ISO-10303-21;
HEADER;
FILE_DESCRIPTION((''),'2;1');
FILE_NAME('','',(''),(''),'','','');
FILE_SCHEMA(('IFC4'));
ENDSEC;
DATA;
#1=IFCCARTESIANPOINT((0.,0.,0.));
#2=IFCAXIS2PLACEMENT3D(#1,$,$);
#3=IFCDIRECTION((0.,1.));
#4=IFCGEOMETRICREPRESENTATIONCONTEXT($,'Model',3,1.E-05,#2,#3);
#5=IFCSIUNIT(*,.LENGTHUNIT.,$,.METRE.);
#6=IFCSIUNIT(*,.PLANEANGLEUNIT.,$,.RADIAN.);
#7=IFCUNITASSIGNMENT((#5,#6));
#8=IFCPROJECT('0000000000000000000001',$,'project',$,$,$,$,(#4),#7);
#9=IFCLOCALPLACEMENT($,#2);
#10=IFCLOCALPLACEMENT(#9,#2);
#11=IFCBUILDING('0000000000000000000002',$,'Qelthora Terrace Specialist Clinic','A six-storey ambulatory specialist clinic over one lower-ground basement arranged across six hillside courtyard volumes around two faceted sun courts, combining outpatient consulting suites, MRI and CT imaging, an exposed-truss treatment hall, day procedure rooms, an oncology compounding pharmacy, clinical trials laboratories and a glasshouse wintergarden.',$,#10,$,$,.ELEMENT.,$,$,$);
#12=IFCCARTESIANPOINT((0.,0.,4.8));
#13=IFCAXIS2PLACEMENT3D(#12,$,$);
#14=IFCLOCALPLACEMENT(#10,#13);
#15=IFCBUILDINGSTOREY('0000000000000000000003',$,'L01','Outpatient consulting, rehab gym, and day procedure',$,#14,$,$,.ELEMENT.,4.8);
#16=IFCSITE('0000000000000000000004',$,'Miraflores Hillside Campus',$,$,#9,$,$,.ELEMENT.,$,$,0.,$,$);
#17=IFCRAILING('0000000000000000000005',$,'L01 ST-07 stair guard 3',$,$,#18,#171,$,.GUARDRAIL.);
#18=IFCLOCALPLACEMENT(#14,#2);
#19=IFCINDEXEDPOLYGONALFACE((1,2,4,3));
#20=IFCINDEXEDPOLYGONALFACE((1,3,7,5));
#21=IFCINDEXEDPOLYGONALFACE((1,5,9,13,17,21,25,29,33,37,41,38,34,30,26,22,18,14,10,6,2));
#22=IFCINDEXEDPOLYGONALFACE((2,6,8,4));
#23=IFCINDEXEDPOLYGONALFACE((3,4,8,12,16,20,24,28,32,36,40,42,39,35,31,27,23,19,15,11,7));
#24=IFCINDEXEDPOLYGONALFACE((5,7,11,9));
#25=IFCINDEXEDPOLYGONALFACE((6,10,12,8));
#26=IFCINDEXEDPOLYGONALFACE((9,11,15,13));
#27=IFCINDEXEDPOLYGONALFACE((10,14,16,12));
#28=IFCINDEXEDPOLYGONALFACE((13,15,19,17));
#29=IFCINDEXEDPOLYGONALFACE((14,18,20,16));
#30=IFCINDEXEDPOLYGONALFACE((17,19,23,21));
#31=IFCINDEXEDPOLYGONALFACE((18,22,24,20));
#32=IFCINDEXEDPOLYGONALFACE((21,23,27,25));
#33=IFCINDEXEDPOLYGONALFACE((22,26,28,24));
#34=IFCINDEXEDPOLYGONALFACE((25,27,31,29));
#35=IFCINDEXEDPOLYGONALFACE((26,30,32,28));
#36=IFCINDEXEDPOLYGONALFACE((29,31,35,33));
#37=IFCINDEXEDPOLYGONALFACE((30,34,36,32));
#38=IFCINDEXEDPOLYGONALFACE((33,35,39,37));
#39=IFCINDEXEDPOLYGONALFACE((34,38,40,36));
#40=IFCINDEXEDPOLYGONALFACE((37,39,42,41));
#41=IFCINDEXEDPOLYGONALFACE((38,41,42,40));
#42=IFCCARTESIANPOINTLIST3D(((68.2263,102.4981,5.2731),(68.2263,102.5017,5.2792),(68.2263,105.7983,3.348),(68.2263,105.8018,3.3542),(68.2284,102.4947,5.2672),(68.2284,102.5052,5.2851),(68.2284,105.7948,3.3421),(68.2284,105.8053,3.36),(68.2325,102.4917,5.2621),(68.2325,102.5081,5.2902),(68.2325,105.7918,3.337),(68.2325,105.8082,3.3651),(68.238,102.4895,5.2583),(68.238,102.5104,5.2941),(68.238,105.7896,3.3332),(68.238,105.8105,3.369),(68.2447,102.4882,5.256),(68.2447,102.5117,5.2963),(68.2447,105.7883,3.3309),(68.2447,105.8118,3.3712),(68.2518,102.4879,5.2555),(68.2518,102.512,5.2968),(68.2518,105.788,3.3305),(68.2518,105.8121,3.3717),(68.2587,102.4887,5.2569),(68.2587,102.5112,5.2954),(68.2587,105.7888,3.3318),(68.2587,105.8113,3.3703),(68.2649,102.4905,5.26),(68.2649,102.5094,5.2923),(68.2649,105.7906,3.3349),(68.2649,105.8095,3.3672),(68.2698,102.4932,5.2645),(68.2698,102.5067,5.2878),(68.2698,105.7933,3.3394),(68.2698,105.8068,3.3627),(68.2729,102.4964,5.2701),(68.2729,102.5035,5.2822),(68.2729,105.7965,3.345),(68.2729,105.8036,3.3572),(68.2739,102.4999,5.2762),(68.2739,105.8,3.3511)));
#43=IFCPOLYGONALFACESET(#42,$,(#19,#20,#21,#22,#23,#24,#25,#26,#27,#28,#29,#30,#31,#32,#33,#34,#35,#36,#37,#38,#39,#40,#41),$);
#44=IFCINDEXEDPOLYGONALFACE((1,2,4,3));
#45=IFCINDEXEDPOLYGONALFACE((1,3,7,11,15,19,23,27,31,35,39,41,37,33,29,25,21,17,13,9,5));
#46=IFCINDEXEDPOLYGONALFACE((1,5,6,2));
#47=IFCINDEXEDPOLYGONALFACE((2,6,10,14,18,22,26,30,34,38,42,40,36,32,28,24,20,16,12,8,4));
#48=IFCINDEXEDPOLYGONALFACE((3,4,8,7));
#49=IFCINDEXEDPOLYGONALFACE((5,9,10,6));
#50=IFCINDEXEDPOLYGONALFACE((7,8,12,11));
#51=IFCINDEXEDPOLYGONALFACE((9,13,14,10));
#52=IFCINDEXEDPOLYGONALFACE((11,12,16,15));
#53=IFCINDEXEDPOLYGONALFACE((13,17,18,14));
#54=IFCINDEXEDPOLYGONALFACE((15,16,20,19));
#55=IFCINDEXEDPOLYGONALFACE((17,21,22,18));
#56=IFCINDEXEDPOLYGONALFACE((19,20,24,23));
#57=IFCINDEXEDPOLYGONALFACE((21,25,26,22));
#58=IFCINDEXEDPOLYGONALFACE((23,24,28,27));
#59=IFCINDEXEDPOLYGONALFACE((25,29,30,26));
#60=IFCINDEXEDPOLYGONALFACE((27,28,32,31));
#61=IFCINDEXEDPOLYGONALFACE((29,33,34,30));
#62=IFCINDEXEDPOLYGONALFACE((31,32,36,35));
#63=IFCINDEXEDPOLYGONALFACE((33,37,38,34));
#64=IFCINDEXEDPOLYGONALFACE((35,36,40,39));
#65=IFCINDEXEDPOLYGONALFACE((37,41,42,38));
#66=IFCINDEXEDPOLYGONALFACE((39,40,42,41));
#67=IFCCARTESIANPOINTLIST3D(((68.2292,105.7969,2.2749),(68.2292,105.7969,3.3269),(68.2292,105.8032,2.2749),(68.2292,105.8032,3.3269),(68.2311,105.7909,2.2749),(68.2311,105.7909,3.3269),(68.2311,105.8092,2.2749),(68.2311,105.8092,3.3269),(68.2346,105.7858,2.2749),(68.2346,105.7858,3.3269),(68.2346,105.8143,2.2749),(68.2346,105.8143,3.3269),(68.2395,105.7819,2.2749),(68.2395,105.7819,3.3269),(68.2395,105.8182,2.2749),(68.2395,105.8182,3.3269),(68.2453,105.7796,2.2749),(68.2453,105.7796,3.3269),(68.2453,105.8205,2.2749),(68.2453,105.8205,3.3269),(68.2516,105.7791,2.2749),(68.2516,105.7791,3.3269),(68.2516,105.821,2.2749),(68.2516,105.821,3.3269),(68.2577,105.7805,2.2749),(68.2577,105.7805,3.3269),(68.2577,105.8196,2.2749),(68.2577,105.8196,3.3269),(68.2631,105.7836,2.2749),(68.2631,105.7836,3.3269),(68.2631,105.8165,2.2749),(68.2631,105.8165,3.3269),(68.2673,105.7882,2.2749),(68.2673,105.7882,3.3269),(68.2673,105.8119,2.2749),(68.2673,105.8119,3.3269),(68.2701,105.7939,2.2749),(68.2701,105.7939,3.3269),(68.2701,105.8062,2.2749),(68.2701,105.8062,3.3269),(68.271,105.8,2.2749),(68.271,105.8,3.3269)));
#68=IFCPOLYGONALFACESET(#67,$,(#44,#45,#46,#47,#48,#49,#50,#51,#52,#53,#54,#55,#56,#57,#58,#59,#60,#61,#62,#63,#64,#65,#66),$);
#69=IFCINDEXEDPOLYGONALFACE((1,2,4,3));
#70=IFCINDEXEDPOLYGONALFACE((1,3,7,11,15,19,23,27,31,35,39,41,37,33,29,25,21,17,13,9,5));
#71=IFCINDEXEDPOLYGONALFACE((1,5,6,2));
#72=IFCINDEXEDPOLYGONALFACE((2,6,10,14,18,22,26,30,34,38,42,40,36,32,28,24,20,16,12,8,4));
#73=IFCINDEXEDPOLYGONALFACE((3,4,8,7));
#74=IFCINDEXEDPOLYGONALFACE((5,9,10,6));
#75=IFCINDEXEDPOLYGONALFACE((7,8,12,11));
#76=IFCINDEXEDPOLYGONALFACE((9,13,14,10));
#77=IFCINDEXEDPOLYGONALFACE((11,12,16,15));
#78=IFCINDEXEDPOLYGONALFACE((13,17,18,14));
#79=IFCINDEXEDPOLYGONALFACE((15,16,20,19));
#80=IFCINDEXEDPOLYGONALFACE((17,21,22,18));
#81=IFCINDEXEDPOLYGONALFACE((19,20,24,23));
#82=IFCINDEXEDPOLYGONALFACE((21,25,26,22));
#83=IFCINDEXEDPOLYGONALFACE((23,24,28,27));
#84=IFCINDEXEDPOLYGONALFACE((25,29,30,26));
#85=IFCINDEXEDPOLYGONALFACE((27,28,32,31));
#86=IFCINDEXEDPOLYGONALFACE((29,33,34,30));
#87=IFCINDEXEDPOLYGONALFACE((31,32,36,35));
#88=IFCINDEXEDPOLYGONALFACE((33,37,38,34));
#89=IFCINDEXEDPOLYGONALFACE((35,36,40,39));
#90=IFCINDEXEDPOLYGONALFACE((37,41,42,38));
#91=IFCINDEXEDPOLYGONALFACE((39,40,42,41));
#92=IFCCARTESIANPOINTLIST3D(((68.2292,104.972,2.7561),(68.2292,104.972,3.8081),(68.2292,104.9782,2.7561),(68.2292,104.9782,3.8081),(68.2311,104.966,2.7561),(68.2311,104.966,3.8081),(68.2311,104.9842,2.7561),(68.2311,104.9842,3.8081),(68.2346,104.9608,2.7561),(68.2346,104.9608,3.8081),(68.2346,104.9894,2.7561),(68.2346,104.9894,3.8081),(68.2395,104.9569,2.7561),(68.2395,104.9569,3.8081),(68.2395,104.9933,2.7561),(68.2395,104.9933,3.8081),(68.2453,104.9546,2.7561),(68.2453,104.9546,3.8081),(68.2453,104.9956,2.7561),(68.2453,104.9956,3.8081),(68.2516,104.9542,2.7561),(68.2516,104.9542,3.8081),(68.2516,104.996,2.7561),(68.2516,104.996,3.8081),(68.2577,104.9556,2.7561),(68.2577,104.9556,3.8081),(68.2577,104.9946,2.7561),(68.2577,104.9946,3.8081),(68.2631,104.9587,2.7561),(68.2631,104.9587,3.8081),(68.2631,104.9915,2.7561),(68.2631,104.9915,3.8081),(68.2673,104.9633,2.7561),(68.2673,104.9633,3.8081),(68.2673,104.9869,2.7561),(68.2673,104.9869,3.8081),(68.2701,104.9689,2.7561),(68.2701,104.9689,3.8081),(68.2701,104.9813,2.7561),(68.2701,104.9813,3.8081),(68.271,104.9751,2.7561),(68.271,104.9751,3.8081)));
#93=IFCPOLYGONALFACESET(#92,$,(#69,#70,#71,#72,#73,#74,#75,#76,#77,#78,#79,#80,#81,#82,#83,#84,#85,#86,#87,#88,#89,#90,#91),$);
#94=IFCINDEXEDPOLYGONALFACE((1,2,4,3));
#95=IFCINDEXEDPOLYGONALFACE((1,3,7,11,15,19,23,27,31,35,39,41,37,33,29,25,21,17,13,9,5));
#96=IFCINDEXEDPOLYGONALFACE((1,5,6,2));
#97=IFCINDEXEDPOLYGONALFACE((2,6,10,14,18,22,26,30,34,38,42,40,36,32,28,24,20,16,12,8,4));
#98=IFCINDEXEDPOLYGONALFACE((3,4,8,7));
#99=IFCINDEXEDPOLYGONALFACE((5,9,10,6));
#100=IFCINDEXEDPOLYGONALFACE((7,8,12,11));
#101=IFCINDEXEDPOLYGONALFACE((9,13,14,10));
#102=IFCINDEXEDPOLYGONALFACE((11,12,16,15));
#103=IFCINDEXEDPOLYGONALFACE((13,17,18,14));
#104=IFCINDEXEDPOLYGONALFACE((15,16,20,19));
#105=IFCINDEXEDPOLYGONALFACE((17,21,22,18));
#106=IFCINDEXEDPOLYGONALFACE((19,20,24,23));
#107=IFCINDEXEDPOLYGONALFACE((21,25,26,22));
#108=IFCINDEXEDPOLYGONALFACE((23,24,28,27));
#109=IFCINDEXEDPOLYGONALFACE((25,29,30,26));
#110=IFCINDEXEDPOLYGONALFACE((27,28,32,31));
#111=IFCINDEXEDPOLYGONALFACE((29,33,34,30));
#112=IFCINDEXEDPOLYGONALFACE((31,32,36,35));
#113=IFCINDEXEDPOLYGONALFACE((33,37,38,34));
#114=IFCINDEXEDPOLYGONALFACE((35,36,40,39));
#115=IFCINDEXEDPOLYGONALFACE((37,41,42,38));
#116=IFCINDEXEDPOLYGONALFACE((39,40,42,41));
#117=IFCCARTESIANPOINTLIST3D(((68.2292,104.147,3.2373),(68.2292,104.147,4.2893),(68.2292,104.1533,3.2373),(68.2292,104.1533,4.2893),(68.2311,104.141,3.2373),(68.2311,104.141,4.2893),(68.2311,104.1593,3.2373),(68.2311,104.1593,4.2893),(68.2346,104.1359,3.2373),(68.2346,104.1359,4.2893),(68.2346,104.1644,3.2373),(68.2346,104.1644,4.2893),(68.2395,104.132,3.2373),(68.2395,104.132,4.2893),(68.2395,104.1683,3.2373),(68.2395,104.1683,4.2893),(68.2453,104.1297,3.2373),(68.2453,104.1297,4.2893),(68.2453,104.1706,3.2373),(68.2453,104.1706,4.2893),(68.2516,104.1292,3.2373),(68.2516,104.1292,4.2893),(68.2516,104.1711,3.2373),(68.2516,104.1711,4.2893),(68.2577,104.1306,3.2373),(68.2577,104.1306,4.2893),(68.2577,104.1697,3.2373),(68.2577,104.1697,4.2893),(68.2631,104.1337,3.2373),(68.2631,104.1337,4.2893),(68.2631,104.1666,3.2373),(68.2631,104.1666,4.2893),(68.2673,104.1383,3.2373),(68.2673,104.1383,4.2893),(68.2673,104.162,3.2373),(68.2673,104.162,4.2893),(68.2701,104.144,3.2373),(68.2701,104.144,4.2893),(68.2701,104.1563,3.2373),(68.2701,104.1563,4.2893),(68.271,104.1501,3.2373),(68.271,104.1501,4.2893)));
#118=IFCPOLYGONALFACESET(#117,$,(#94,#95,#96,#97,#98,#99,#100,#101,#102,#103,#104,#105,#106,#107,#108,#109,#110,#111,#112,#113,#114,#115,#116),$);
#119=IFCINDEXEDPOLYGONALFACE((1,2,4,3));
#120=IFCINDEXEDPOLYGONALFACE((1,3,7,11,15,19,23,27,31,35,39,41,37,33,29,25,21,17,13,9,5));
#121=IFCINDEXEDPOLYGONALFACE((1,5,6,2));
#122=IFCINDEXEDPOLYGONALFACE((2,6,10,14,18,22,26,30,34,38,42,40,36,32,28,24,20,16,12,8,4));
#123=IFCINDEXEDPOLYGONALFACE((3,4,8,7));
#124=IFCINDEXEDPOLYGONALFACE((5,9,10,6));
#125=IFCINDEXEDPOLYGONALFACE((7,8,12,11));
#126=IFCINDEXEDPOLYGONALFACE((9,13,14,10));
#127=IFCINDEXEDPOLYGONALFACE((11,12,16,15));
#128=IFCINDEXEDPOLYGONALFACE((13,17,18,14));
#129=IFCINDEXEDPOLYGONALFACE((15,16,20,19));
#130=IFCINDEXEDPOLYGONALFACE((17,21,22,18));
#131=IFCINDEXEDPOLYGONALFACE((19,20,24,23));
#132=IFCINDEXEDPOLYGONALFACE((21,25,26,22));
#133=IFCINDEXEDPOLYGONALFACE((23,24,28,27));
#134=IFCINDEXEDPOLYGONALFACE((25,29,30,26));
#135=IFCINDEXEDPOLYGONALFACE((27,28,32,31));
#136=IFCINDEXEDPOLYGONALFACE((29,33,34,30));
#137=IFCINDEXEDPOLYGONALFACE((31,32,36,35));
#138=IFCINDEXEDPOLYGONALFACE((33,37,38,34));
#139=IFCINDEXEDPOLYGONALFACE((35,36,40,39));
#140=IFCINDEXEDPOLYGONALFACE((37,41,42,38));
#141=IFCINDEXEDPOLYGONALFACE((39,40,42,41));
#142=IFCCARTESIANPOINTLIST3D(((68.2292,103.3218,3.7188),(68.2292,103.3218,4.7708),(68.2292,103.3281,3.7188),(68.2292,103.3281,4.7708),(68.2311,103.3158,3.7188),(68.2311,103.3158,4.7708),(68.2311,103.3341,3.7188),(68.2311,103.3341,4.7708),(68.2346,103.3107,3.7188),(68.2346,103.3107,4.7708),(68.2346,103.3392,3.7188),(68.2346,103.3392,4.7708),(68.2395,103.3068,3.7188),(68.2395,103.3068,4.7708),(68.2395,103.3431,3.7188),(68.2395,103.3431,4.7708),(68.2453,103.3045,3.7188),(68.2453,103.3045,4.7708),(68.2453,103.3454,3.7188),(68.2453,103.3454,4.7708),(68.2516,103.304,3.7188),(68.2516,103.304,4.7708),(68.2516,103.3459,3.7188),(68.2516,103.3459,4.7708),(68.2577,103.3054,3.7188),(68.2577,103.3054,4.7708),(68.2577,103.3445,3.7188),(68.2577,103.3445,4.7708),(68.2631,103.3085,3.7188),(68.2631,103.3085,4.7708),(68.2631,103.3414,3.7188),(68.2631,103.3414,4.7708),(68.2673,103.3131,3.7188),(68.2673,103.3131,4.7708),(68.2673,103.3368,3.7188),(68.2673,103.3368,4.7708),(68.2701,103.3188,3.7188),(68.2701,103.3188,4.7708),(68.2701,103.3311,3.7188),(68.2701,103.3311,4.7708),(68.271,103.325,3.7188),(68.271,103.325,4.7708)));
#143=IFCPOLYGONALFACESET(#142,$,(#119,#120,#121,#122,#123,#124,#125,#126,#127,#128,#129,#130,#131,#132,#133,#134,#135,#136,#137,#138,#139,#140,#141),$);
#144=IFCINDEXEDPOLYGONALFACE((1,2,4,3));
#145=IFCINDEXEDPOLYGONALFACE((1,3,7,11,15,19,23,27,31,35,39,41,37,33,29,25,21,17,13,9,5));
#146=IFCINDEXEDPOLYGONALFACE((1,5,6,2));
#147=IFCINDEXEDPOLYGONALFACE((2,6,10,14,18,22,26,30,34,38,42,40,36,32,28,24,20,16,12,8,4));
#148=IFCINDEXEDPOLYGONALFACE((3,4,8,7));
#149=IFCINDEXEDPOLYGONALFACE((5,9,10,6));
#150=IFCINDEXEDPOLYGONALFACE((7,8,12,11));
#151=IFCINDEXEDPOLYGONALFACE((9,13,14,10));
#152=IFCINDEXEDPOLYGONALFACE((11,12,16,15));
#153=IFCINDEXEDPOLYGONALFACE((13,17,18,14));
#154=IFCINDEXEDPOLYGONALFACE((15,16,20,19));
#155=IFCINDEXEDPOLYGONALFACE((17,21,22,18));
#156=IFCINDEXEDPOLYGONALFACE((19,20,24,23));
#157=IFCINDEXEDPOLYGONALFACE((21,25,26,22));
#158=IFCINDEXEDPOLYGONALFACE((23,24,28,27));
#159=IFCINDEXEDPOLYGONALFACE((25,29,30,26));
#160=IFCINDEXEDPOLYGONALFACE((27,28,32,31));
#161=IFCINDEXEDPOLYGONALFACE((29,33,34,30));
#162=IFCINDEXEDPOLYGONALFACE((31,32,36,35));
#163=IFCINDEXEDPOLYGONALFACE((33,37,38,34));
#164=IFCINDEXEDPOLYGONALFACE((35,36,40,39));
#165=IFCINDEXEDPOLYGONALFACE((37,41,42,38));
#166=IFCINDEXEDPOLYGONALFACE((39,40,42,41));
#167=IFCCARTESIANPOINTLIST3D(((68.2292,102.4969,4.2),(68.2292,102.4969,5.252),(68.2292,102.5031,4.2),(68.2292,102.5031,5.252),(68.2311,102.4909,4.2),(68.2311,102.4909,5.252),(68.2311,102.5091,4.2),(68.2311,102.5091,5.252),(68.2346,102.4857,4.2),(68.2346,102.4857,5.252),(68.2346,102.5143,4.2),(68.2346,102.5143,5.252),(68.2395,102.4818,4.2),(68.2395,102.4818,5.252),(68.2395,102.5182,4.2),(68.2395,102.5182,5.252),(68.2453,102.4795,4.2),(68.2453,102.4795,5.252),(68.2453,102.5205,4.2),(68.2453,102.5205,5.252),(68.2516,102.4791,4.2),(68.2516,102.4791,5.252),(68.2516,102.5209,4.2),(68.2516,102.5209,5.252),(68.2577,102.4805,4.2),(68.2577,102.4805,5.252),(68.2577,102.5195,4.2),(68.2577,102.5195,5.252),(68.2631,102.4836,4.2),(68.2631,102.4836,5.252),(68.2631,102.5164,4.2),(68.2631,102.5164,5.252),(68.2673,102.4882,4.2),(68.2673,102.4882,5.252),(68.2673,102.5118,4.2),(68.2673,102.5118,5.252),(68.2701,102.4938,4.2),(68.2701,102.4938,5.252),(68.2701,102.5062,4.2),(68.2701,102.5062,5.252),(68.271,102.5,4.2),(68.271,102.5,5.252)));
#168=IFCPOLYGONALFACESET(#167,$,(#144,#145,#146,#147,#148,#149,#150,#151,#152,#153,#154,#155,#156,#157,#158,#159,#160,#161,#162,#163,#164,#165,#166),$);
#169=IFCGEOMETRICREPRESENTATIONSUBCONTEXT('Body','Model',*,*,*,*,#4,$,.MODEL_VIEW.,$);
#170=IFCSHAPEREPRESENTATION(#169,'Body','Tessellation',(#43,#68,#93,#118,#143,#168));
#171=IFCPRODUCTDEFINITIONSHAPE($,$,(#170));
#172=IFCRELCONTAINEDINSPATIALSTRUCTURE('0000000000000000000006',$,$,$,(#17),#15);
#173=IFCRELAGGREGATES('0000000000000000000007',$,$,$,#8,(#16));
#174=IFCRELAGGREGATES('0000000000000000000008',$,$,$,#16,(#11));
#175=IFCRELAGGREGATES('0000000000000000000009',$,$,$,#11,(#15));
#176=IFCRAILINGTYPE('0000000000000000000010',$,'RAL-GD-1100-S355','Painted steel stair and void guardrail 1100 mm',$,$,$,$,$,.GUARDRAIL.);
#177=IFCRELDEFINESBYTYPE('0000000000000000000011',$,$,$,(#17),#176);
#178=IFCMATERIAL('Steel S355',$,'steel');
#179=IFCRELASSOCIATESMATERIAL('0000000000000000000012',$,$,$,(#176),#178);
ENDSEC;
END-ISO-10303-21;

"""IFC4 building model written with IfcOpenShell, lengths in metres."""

from ifc_helpers import new_model, si_unit, direction, frame, origin, origin_2d, place, context, subcontext, project, spatial, circle, extrude, material, type_object, element, save


model = new_model("IFC4")

# Units and contexts
model_context = context("Model", 3, precision=1e-05, world=origin(), true_north=direction((0.0, 1.0)))
body_context = subcontext(model_context, "Body", "Model", "MODEL_VIEW")
ifc_project = project(units=[si_unit("LENGTHUNIT", "METRE"), si_unit("PLANEANGLEUNIT", "RADIAN")], contexts=[model_context])

# Site, building, storey
site_placement = place(None, origin())
site = spatial("IfcSite", under=ifc_project, at=site_placement, Name="Miraflores Hillside Campus", CompositionType="ELEMENT", RefElevation=0.0)
building_placement = place(site_placement, origin())
building = spatial("IfcBuilding", under=site, at=building_placement, Name="Qelthora Terrace Specialist Clinic", Description="A six-storey ambulatory specialist clinic over one lower-ground basement arranged across six hillside courtyard volumes around two faceted sun courts, combining outpatient consulting suites, MRI and CT imaging, an exposed-truss treatment hall, day procedure rooms, an oncology compounding pharmacy, clinical trials laboratories and a glasshouse wintergarden.", CompositionType="ELEMENT")
storey_placement = place(building_placement, frame((0.0, 0.0, 4.8)))
storey = spatial("IfcBuildingStorey", under=building, at=storey_placement, Name="L01", Description="Outpatient consulting, rehab gym, and day procedure", CompositionType="ELEMENT", Elevation=4.8)

# Shared definitions
ifc_material_1 = material(Name="Steel S355", Category="steel")

# Railing
railing_type_1 = type_object("IfcRailingType", Name="RAL-GD-1100-S355", Description="Painted steel stair and void guardrail 1100 mm", PredefinedType="GUARDRAIL", material=ifc_material_1)
railing_1_placement = place(storey_placement, frame((68.25, 105.8, 2.2749)))
element("IfcRailing", 1, at=railing_1_placement, inside=storey, type_object=railing_type_1, Name="L01 ST-07 stair guard 3", PredefinedType="GUARDRAIL", context=body_context, shape_type="SweptSolid", body=[
    extrude(circle(Radius=0.0239, at=origin_2d()), frame((0.0, 0.0, 1.0762), z_axis=(0.0, -0.863777, 0.503875), x_axis=(1.0, 0.0, 0.0)), (0.0, 0.0, 1.0), 3.8206),
    extrude(circle(Radius=0.021, at=origin_2d()), origin(), (0.0, 0.0, 1.0), 1.052),
    extrude(circle(Radius=0.021, at=origin_2d()), frame((0.0, -0.825, 0.4812)), (0.0, 0.0, 1.0), 1.052),
    extrude(circle(Radius=0.021, at=origin_2d()), frame((0.0, -1.6499, 0.9624)), (0.0, 0.0, 1.0), 1.052),
    extrude(circle(Radius=0.021, at=origin_2d()), frame((0.0, -2.4751, 1.4438)), (0.0, 0.0, 1.0), 1.052),
    extrude(circle(Radius=0.021, at=origin_2d()), frame((0.0, -3.3, 1.925)), (0.0, 0.0, 1.0), 1.052),
])

save(model, "model.ifc")
